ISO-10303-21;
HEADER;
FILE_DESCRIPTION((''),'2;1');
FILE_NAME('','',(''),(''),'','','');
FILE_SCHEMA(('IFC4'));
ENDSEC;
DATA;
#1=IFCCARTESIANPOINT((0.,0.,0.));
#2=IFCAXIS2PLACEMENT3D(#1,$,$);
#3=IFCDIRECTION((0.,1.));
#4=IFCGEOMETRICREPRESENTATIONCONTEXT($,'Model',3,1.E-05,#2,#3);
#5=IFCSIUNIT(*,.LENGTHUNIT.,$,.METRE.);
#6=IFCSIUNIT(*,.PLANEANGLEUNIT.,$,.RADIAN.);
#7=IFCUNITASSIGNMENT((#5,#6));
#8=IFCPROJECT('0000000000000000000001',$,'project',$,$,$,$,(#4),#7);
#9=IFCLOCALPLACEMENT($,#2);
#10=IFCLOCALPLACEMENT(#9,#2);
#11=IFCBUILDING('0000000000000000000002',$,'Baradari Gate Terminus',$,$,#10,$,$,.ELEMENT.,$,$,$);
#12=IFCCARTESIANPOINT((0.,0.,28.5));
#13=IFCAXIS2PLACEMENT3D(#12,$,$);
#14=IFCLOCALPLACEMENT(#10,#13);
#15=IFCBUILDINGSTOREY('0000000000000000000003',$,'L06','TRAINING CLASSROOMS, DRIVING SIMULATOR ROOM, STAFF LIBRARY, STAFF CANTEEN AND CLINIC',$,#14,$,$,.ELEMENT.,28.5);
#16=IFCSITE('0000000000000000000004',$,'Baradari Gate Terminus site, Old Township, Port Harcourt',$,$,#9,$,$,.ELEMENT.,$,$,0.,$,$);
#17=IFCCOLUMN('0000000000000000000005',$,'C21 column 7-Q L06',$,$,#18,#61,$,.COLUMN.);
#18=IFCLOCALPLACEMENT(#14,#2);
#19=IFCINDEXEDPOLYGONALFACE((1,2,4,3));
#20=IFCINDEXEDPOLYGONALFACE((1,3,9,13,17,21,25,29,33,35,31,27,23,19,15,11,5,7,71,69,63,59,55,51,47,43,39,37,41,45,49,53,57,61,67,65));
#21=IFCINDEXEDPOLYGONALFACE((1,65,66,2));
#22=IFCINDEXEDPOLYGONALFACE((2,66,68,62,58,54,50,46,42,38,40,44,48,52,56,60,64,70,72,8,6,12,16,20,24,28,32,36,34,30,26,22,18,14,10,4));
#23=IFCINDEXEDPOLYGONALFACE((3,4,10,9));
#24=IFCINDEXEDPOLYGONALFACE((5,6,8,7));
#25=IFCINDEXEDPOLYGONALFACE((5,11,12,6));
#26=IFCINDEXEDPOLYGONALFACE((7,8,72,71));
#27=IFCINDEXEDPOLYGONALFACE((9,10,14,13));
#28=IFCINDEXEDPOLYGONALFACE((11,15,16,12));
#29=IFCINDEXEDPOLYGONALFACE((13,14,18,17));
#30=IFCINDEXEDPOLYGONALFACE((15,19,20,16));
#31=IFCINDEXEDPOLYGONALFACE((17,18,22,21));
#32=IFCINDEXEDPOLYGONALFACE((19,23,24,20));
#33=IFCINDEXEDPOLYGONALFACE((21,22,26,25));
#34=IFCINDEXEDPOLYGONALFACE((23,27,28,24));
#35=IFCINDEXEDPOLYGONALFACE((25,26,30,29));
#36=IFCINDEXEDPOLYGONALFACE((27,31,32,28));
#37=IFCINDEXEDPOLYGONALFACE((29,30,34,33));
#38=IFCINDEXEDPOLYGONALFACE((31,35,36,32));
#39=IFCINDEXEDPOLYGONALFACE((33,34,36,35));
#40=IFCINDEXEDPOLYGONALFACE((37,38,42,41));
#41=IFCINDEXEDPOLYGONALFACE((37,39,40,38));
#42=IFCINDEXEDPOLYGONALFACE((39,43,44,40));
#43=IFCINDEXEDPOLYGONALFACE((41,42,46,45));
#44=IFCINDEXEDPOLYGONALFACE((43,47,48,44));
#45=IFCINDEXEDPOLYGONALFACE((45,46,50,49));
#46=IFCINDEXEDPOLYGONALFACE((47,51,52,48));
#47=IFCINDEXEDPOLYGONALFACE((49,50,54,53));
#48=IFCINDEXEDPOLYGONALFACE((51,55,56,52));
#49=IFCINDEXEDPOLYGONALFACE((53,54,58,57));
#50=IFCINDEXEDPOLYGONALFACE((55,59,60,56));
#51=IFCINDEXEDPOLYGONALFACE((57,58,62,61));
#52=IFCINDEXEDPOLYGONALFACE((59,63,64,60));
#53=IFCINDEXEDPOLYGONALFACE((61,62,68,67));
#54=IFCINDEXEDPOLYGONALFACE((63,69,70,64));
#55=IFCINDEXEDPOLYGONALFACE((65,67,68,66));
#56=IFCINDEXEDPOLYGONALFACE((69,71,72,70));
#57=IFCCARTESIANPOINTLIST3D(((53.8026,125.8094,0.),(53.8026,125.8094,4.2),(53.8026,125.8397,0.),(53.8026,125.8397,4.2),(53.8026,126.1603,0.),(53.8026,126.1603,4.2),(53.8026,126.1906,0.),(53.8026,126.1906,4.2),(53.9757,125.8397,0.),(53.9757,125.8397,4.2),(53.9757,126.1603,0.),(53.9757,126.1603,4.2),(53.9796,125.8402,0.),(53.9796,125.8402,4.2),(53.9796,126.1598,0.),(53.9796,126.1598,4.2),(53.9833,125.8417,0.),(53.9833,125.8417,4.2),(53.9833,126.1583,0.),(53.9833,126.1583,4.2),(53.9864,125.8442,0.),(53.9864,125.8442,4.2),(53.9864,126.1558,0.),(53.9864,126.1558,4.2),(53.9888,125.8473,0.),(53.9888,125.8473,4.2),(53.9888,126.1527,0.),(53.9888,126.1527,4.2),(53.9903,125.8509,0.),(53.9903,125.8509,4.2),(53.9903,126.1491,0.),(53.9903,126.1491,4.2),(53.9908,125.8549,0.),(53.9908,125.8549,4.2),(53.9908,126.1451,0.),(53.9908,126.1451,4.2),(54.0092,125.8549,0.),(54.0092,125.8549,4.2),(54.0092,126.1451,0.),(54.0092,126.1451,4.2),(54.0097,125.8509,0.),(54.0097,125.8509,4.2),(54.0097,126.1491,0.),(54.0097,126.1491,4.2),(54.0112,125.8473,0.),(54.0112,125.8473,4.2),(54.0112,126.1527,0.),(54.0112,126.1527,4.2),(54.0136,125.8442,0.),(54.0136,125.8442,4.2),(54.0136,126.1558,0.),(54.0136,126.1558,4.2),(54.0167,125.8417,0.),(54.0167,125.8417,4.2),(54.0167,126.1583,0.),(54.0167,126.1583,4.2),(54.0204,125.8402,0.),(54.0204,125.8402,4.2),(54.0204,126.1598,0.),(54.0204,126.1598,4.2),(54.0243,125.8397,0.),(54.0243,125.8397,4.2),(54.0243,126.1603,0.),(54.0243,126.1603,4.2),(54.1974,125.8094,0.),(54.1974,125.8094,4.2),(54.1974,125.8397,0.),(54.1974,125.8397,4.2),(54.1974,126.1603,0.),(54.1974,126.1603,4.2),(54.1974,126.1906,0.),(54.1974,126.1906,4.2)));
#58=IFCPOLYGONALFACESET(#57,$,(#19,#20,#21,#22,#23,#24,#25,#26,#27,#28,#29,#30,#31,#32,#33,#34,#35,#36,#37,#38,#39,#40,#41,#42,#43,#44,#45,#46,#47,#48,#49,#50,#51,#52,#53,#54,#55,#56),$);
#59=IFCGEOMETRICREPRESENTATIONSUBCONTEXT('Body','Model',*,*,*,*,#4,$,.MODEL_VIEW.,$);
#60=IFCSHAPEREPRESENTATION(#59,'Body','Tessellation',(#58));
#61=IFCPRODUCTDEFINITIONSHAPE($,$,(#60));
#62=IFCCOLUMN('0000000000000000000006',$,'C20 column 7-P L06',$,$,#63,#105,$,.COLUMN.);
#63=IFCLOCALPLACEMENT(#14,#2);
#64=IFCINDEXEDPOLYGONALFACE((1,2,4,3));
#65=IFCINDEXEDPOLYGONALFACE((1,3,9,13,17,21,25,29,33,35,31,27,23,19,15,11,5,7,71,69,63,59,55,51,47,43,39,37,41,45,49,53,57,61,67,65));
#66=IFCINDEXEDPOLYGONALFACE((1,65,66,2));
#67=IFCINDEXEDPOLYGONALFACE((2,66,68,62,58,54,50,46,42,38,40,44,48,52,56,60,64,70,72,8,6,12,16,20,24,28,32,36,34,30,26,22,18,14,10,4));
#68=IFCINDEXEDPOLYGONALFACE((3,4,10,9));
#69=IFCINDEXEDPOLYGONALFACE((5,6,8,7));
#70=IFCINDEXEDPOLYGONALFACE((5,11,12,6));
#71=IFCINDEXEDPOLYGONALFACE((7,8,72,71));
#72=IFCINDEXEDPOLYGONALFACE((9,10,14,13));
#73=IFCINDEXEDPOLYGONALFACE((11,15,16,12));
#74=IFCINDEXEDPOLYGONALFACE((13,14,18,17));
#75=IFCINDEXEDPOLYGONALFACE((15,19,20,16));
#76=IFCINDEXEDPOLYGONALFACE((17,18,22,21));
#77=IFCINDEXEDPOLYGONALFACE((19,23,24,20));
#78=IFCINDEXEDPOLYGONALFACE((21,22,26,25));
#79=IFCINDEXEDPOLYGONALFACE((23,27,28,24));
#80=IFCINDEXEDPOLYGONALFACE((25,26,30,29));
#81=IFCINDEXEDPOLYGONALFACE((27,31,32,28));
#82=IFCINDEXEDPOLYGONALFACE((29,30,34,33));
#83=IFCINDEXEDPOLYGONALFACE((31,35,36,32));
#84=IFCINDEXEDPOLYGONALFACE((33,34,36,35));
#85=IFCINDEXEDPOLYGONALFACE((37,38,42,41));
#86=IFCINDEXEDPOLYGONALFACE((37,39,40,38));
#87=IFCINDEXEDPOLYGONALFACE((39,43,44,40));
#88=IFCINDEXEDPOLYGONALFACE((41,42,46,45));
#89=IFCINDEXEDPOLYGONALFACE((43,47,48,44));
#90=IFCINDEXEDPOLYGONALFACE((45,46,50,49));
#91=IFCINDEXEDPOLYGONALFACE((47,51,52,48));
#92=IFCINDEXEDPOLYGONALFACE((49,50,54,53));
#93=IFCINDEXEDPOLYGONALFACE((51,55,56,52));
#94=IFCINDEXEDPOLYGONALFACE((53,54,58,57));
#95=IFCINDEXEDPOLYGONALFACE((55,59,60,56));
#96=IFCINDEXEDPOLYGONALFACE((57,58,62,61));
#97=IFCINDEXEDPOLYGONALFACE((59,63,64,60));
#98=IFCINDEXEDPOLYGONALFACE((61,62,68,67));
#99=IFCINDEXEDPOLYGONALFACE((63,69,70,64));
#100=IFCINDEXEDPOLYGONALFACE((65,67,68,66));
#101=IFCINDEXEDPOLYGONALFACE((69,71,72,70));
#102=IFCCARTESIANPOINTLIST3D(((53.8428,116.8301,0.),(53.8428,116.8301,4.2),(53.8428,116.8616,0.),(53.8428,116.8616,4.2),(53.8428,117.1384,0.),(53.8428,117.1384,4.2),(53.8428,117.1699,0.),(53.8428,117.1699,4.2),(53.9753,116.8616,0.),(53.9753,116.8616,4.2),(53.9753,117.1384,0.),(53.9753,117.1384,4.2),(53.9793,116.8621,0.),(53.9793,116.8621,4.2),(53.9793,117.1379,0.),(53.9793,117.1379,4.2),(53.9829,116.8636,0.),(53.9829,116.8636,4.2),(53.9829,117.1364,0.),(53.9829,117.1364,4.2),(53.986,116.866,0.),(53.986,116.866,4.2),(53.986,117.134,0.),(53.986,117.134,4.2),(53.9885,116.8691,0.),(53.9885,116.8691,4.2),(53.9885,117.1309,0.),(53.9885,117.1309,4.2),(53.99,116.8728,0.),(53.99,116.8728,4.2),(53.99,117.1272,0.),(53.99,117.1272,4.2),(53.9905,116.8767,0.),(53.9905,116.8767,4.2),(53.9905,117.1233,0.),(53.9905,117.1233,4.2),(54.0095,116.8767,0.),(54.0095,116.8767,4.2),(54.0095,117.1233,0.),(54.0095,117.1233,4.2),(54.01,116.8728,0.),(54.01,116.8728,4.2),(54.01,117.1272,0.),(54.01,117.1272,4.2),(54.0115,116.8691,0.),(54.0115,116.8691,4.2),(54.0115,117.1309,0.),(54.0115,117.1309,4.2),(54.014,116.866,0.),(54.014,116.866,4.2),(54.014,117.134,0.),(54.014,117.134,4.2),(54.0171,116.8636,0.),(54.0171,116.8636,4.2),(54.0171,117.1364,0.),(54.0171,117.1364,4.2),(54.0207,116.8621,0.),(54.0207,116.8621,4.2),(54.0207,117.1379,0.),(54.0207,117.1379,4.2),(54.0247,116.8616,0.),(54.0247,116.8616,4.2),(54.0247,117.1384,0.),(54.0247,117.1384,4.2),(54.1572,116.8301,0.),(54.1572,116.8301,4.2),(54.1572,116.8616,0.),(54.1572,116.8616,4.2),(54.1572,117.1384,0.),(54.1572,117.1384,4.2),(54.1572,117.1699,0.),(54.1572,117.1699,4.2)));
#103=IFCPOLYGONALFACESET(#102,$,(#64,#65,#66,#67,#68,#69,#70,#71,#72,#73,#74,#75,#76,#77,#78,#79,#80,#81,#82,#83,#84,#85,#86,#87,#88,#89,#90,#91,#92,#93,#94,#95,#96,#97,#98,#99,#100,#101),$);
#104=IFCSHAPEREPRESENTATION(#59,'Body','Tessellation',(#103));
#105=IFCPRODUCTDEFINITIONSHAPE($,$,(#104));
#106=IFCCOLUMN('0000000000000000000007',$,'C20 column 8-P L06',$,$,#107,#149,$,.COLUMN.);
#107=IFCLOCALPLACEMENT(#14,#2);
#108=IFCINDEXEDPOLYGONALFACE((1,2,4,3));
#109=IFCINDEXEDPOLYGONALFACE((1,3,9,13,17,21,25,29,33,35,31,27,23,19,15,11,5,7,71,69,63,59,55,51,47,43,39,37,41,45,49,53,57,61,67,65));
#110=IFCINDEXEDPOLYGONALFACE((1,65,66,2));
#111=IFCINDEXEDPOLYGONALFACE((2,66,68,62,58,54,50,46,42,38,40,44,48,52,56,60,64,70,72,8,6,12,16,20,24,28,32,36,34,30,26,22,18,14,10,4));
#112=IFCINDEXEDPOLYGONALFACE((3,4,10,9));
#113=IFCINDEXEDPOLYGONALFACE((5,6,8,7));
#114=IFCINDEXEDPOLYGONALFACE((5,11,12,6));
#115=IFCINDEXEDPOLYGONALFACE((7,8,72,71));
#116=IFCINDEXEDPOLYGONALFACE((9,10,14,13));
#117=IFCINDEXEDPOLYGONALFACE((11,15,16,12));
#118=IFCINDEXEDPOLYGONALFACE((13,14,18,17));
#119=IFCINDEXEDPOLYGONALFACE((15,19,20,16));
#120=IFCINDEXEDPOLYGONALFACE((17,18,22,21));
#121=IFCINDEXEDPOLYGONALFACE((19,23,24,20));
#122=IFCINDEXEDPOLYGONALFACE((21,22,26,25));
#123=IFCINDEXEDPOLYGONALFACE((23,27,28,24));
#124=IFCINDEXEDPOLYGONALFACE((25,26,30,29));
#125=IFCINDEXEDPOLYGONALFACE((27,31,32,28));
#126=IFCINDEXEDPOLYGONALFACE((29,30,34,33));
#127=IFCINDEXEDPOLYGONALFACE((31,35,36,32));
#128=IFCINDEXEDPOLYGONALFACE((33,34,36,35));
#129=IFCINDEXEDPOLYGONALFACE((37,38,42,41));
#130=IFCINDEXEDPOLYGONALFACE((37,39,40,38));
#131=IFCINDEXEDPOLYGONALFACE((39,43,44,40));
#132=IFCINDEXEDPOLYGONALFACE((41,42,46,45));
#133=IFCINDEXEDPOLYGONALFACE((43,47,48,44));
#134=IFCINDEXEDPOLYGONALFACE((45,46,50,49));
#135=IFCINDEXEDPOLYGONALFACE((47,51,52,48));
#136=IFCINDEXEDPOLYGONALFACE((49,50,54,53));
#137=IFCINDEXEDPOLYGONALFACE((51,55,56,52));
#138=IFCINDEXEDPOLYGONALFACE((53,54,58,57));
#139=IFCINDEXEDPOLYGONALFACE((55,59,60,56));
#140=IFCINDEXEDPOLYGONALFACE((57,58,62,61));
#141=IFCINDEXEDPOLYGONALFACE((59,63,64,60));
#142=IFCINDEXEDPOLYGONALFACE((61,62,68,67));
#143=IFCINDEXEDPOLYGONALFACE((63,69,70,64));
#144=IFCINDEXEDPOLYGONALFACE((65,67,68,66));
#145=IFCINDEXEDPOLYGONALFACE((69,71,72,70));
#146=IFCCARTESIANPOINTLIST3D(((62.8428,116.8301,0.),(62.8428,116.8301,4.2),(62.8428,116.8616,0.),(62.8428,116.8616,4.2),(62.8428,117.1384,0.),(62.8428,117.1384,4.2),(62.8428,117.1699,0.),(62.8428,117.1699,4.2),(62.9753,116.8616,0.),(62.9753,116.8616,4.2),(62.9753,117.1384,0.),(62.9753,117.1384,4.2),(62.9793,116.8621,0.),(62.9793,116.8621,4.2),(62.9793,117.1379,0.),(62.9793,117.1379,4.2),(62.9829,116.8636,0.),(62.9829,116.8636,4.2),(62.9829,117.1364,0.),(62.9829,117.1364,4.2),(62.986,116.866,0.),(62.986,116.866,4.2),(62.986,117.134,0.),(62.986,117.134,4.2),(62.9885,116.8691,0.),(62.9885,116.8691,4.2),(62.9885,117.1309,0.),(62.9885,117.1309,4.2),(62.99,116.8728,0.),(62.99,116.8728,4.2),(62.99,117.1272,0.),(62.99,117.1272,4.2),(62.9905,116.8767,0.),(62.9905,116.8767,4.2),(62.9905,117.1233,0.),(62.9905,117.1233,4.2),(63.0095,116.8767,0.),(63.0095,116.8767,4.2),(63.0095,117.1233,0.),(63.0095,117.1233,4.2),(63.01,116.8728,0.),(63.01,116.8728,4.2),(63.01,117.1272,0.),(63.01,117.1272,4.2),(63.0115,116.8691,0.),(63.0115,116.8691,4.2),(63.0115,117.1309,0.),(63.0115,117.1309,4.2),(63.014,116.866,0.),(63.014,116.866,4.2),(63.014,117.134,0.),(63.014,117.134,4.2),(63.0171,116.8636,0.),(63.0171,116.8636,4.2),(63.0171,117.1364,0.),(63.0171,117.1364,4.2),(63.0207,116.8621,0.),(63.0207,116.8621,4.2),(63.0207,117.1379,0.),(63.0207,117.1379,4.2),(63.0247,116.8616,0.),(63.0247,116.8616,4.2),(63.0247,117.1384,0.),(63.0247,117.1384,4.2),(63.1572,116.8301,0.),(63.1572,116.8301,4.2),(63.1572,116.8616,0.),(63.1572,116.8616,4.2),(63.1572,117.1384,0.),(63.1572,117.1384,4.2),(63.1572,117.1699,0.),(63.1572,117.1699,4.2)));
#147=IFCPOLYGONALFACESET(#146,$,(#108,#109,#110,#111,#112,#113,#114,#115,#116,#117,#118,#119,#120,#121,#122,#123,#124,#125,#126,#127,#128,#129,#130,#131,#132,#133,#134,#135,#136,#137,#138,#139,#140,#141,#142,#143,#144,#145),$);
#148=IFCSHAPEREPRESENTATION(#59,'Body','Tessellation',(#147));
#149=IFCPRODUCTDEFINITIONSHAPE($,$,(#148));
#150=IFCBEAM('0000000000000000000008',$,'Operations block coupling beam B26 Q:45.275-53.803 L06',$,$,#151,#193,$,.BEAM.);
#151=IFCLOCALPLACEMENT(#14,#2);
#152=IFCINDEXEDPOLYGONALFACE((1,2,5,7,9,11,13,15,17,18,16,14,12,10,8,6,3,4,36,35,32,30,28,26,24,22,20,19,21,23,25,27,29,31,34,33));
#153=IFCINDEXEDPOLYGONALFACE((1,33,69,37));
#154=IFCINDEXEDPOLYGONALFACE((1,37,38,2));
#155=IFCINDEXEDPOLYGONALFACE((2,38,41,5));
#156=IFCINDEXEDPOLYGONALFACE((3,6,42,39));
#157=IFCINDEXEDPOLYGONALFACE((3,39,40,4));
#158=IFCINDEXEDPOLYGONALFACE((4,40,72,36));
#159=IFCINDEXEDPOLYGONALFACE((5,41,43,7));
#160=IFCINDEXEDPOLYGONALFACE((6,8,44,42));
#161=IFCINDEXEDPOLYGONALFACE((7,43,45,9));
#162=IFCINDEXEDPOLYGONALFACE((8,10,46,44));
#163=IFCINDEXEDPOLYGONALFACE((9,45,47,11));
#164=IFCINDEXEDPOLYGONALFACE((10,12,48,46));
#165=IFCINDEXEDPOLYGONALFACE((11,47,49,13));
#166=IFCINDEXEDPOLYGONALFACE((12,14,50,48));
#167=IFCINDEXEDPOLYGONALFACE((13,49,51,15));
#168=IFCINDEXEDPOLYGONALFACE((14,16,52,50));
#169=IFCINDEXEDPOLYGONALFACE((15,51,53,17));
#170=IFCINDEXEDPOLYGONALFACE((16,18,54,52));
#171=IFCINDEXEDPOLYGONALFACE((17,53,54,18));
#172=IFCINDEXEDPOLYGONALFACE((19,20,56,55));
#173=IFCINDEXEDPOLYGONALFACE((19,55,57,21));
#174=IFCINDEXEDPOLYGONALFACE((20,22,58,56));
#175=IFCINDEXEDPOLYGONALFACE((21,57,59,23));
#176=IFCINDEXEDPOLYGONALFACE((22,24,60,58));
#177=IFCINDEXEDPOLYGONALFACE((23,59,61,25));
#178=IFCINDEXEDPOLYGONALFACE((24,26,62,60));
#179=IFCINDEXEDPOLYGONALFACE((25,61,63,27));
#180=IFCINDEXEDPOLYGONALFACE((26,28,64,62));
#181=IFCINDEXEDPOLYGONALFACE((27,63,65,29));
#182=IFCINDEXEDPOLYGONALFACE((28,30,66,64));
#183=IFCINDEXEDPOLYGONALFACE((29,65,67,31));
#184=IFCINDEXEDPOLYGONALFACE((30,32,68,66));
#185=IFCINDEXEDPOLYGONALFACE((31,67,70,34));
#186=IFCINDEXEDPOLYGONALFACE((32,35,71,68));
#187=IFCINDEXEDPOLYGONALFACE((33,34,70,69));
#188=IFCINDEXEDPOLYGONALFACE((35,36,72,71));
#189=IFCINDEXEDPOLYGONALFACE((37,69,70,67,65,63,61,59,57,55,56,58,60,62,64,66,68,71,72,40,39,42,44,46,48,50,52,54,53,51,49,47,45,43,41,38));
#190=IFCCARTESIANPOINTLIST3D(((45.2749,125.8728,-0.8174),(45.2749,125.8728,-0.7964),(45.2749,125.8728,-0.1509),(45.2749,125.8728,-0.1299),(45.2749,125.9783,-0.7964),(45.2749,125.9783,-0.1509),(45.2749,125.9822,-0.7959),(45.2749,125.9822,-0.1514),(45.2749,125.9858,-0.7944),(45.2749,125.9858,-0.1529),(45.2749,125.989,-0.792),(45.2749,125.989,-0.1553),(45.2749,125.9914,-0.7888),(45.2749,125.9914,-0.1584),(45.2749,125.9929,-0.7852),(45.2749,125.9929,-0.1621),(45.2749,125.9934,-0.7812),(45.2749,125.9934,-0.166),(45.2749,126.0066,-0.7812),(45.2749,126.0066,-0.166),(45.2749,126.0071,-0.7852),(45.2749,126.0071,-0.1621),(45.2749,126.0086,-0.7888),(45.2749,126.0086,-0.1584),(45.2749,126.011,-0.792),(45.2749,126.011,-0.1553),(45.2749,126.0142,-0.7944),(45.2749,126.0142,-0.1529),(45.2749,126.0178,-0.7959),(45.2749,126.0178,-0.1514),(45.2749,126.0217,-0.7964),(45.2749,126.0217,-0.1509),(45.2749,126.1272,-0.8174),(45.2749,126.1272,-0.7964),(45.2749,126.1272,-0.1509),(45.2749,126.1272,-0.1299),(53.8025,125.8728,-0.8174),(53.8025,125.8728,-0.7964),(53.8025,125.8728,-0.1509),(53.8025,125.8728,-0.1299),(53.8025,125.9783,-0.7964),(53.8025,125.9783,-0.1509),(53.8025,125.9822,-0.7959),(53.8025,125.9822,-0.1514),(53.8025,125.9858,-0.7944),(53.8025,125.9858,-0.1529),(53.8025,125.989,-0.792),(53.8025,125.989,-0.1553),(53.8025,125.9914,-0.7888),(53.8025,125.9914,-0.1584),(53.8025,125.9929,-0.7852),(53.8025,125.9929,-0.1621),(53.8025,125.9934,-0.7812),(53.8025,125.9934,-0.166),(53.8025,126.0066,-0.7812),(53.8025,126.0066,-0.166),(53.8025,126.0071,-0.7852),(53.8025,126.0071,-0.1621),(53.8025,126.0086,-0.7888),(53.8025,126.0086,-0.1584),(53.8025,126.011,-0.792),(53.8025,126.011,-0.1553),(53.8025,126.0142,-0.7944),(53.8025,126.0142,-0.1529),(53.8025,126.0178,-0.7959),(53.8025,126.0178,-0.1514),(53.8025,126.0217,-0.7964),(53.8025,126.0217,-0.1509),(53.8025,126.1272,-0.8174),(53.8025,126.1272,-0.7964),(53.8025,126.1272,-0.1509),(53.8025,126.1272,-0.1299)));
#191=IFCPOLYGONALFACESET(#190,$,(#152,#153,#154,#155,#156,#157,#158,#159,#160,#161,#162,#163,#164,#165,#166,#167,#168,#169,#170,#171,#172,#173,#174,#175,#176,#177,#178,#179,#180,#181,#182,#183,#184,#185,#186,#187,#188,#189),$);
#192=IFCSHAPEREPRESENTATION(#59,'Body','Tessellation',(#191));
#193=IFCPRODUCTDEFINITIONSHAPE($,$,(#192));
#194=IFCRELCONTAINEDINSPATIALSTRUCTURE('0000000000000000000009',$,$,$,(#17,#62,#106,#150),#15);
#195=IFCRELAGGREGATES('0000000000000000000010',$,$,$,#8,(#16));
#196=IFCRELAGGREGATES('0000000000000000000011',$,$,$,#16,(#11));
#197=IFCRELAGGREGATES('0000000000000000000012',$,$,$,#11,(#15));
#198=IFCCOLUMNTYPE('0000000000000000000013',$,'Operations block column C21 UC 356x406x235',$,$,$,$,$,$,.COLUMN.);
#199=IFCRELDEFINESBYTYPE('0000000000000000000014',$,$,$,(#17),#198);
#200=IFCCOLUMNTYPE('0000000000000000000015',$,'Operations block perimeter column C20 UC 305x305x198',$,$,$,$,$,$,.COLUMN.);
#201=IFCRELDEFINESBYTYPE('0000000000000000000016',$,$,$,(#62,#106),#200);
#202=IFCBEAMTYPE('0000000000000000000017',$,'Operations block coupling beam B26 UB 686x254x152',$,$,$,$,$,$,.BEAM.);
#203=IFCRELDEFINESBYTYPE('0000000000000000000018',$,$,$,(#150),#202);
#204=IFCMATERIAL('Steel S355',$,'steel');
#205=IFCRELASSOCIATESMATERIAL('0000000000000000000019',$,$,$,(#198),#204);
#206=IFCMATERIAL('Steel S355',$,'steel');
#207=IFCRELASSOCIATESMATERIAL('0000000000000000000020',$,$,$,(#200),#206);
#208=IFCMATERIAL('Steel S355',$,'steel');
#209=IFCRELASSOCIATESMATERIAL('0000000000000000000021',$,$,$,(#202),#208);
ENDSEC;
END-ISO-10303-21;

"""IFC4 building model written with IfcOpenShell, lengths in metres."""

from ifc_helpers import new_model, si_unit, direction, frame, origin, origin_2d, place, context, subcontext, project, spatial, i_section, extrude, material, material_profile, profile_set, type_object, element, save


model = new_model("IFC4")

# Units and contexts
model_context = context("Model", 3, precision=1e-05, world=origin(), true_north=direction((0.0, 1.0)))
body_context = subcontext(model_context, "Body", "Model", "MODEL_VIEW")
ifc_project = project(units=[si_unit("LENGTHUNIT", "METRE"), si_unit("PLANEANGLEUNIT", "RADIAN")], contexts=[model_context])

# Site, building, storey
site_placement = place(None, origin())
site = spatial("IfcSite", under=ifc_project, at=site_placement, Name="Baradari Gate Terminus site, Old Township, Port Harcourt", CompositionType="ELEMENT", RefElevation=0.0)
building_placement = place(site_placement, origin())
building = spatial("IfcBuilding", under=site, at=building_placement, Name="Baradari Gate Terminus", CompositionType="ELEMENT")
storey_placement = place(building_placement, frame((0.0, 0.0, 28.5)))
storey = spatial("IfcBuildingStorey", under=building, at=storey_placement, Name="L06", Description="TRAINING CLASSROOMS, DRIVING SIMULATOR ROOM, STAFF LIBRARY, STAFF CANTEEN AND CLINIC", CompositionType="ELEMENT", Elevation=28.5)

# Columns
ifc_material_1 = material(Name="Steel S355", Category="steel")
ifc_material_profile_1 = material_profile(ifc_material_1, i_section(OverallWidth=0.3948, OverallDepth=0.3811, WebThickness=0.0183, FlangeThickness=0.0303, FilletRadius=0.0151, at=origin_2d()), Name="UC 356x406x235")
ifc_profile_set_1 = profile_set([ifc_material_profile_1], Name="Steel S355")
column_type_1 = type_object("IfcColumnType", Name="Operations block column C21 UC 356x406x235", PredefinedType="COLUMN", material=ifc_profile_set_1)
column_placement = place(storey_placement, frame((54.0, 126.0, 0.0), z_axis=(0.0, 0.0, 1.0), x_axis=(1.0, 0.0, 0.0)))
element("IfcColumn", 1, at=column_placement, inside=storey, type_object=column_type_1, Name="C21 column 7-Q L06", PredefinedType="COLUMN", context=body_context, shape_type="SweptSolid", body=[
    extrude(i_section(OverallWidth=0.3948, OverallDepth=0.3811, WebThickness=0.0183, FlangeThickness=0.0303, FilletRadius=0.0151, at=origin_2d()), origin(), (0.0, 0.0, 1.0), 4.2),
])
ifc_material_2 = material(Name="Steel S355", Category="steel")
ifc_material_profile_2 = material_profile(ifc_material_2, i_section(OverallWidth=0.3145, OverallDepth=0.3398, WebThickness=0.019, FlangeThickness=0.0315, FilletRadius=0.0151, at=origin_2d()), Name="UC 305x305x198")
ifc_profile_set_2 = profile_set([ifc_material_profile_2], Name="Steel S355")
column_type_2 = type_object("IfcColumnType", Name="Operations block perimeter column C20 UC 305x305x198", PredefinedType="COLUMN", material=ifc_profile_set_2)
for number, where, z_axis, x_axis, name in (
    (2, (54.0, 117.0, 0.0), (0.0, 0.0, 1.0), (1.0, 0.0, 0.0), "C20 column 7-P L06"),
    (3, (63.0, 117.0, 0.0), (0.0, 0.0, 1.0), (1.0, 0.0, 0.0), "C20 column 8-P L06"),
):
    element("IfcColumn", number, at=place(storey_placement, frame(where, z_axis=z_axis, x_axis=x_axis)), inside=storey, type_object=column_type_2, Name=name, PredefinedType="COLUMN", context=body_context, shape_type="SweptSolid", body=[
        extrude(i_section(OverallWidth=0.3145, OverallDepth=0.3398, WebThickness=0.019, FlangeThickness=0.0315, FilletRadius=0.0151, at=origin_2d()), origin(), (0.0, 0.0, 1.0), 4.2),
    ])

# Beam
ifc_material_3 = material(Name="Steel S355", Category="steel")
ifc_material_profile_3 = material_profile(ifc_material_3, i_section(OverallWidth=0.2544, OverallDepth=0.6875, WebThickness=0.0132, FlangeThickness=0.021, FilletRadius=0.0151, at=origin_2d()), Name="UB 686x254x152")
ifc_profile_set_3 = profile_set([ifc_material_profile_3], Name="Steel S355")
beam_type_1 = type_object("IfcBeamType", Name="Operations block coupling beam B26 UB 686x254x152", PredefinedType="BEAM", material=ifc_profile_set_3)
beam_1_placement = place(storey_placement, frame((45.2749, 126.0, -0.4736), z_axis=(1.0, 0.0, 0.0), x_axis=(0.0, 1.0, 0.0)))
element("IfcBeam", 4, at=beam_1_placement, inside=storey, type_object=beam_type_1, Name="Operations block coupling beam B26 Q:45.275-53.803 L06", PredefinedType="BEAM", context=body_context, shape_type="SweptSolid", body=[
    extrude(i_section(OverallWidth=0.2544, OverallDepth=0.6875, WebThickness=0.0132, FlangeThickness=0.021, FilletRadius=0.0151, at=origin_2d()), origin(), (0.0, 0.0, 1.0), 8.5276),
])

save(model, "model.ifc")
